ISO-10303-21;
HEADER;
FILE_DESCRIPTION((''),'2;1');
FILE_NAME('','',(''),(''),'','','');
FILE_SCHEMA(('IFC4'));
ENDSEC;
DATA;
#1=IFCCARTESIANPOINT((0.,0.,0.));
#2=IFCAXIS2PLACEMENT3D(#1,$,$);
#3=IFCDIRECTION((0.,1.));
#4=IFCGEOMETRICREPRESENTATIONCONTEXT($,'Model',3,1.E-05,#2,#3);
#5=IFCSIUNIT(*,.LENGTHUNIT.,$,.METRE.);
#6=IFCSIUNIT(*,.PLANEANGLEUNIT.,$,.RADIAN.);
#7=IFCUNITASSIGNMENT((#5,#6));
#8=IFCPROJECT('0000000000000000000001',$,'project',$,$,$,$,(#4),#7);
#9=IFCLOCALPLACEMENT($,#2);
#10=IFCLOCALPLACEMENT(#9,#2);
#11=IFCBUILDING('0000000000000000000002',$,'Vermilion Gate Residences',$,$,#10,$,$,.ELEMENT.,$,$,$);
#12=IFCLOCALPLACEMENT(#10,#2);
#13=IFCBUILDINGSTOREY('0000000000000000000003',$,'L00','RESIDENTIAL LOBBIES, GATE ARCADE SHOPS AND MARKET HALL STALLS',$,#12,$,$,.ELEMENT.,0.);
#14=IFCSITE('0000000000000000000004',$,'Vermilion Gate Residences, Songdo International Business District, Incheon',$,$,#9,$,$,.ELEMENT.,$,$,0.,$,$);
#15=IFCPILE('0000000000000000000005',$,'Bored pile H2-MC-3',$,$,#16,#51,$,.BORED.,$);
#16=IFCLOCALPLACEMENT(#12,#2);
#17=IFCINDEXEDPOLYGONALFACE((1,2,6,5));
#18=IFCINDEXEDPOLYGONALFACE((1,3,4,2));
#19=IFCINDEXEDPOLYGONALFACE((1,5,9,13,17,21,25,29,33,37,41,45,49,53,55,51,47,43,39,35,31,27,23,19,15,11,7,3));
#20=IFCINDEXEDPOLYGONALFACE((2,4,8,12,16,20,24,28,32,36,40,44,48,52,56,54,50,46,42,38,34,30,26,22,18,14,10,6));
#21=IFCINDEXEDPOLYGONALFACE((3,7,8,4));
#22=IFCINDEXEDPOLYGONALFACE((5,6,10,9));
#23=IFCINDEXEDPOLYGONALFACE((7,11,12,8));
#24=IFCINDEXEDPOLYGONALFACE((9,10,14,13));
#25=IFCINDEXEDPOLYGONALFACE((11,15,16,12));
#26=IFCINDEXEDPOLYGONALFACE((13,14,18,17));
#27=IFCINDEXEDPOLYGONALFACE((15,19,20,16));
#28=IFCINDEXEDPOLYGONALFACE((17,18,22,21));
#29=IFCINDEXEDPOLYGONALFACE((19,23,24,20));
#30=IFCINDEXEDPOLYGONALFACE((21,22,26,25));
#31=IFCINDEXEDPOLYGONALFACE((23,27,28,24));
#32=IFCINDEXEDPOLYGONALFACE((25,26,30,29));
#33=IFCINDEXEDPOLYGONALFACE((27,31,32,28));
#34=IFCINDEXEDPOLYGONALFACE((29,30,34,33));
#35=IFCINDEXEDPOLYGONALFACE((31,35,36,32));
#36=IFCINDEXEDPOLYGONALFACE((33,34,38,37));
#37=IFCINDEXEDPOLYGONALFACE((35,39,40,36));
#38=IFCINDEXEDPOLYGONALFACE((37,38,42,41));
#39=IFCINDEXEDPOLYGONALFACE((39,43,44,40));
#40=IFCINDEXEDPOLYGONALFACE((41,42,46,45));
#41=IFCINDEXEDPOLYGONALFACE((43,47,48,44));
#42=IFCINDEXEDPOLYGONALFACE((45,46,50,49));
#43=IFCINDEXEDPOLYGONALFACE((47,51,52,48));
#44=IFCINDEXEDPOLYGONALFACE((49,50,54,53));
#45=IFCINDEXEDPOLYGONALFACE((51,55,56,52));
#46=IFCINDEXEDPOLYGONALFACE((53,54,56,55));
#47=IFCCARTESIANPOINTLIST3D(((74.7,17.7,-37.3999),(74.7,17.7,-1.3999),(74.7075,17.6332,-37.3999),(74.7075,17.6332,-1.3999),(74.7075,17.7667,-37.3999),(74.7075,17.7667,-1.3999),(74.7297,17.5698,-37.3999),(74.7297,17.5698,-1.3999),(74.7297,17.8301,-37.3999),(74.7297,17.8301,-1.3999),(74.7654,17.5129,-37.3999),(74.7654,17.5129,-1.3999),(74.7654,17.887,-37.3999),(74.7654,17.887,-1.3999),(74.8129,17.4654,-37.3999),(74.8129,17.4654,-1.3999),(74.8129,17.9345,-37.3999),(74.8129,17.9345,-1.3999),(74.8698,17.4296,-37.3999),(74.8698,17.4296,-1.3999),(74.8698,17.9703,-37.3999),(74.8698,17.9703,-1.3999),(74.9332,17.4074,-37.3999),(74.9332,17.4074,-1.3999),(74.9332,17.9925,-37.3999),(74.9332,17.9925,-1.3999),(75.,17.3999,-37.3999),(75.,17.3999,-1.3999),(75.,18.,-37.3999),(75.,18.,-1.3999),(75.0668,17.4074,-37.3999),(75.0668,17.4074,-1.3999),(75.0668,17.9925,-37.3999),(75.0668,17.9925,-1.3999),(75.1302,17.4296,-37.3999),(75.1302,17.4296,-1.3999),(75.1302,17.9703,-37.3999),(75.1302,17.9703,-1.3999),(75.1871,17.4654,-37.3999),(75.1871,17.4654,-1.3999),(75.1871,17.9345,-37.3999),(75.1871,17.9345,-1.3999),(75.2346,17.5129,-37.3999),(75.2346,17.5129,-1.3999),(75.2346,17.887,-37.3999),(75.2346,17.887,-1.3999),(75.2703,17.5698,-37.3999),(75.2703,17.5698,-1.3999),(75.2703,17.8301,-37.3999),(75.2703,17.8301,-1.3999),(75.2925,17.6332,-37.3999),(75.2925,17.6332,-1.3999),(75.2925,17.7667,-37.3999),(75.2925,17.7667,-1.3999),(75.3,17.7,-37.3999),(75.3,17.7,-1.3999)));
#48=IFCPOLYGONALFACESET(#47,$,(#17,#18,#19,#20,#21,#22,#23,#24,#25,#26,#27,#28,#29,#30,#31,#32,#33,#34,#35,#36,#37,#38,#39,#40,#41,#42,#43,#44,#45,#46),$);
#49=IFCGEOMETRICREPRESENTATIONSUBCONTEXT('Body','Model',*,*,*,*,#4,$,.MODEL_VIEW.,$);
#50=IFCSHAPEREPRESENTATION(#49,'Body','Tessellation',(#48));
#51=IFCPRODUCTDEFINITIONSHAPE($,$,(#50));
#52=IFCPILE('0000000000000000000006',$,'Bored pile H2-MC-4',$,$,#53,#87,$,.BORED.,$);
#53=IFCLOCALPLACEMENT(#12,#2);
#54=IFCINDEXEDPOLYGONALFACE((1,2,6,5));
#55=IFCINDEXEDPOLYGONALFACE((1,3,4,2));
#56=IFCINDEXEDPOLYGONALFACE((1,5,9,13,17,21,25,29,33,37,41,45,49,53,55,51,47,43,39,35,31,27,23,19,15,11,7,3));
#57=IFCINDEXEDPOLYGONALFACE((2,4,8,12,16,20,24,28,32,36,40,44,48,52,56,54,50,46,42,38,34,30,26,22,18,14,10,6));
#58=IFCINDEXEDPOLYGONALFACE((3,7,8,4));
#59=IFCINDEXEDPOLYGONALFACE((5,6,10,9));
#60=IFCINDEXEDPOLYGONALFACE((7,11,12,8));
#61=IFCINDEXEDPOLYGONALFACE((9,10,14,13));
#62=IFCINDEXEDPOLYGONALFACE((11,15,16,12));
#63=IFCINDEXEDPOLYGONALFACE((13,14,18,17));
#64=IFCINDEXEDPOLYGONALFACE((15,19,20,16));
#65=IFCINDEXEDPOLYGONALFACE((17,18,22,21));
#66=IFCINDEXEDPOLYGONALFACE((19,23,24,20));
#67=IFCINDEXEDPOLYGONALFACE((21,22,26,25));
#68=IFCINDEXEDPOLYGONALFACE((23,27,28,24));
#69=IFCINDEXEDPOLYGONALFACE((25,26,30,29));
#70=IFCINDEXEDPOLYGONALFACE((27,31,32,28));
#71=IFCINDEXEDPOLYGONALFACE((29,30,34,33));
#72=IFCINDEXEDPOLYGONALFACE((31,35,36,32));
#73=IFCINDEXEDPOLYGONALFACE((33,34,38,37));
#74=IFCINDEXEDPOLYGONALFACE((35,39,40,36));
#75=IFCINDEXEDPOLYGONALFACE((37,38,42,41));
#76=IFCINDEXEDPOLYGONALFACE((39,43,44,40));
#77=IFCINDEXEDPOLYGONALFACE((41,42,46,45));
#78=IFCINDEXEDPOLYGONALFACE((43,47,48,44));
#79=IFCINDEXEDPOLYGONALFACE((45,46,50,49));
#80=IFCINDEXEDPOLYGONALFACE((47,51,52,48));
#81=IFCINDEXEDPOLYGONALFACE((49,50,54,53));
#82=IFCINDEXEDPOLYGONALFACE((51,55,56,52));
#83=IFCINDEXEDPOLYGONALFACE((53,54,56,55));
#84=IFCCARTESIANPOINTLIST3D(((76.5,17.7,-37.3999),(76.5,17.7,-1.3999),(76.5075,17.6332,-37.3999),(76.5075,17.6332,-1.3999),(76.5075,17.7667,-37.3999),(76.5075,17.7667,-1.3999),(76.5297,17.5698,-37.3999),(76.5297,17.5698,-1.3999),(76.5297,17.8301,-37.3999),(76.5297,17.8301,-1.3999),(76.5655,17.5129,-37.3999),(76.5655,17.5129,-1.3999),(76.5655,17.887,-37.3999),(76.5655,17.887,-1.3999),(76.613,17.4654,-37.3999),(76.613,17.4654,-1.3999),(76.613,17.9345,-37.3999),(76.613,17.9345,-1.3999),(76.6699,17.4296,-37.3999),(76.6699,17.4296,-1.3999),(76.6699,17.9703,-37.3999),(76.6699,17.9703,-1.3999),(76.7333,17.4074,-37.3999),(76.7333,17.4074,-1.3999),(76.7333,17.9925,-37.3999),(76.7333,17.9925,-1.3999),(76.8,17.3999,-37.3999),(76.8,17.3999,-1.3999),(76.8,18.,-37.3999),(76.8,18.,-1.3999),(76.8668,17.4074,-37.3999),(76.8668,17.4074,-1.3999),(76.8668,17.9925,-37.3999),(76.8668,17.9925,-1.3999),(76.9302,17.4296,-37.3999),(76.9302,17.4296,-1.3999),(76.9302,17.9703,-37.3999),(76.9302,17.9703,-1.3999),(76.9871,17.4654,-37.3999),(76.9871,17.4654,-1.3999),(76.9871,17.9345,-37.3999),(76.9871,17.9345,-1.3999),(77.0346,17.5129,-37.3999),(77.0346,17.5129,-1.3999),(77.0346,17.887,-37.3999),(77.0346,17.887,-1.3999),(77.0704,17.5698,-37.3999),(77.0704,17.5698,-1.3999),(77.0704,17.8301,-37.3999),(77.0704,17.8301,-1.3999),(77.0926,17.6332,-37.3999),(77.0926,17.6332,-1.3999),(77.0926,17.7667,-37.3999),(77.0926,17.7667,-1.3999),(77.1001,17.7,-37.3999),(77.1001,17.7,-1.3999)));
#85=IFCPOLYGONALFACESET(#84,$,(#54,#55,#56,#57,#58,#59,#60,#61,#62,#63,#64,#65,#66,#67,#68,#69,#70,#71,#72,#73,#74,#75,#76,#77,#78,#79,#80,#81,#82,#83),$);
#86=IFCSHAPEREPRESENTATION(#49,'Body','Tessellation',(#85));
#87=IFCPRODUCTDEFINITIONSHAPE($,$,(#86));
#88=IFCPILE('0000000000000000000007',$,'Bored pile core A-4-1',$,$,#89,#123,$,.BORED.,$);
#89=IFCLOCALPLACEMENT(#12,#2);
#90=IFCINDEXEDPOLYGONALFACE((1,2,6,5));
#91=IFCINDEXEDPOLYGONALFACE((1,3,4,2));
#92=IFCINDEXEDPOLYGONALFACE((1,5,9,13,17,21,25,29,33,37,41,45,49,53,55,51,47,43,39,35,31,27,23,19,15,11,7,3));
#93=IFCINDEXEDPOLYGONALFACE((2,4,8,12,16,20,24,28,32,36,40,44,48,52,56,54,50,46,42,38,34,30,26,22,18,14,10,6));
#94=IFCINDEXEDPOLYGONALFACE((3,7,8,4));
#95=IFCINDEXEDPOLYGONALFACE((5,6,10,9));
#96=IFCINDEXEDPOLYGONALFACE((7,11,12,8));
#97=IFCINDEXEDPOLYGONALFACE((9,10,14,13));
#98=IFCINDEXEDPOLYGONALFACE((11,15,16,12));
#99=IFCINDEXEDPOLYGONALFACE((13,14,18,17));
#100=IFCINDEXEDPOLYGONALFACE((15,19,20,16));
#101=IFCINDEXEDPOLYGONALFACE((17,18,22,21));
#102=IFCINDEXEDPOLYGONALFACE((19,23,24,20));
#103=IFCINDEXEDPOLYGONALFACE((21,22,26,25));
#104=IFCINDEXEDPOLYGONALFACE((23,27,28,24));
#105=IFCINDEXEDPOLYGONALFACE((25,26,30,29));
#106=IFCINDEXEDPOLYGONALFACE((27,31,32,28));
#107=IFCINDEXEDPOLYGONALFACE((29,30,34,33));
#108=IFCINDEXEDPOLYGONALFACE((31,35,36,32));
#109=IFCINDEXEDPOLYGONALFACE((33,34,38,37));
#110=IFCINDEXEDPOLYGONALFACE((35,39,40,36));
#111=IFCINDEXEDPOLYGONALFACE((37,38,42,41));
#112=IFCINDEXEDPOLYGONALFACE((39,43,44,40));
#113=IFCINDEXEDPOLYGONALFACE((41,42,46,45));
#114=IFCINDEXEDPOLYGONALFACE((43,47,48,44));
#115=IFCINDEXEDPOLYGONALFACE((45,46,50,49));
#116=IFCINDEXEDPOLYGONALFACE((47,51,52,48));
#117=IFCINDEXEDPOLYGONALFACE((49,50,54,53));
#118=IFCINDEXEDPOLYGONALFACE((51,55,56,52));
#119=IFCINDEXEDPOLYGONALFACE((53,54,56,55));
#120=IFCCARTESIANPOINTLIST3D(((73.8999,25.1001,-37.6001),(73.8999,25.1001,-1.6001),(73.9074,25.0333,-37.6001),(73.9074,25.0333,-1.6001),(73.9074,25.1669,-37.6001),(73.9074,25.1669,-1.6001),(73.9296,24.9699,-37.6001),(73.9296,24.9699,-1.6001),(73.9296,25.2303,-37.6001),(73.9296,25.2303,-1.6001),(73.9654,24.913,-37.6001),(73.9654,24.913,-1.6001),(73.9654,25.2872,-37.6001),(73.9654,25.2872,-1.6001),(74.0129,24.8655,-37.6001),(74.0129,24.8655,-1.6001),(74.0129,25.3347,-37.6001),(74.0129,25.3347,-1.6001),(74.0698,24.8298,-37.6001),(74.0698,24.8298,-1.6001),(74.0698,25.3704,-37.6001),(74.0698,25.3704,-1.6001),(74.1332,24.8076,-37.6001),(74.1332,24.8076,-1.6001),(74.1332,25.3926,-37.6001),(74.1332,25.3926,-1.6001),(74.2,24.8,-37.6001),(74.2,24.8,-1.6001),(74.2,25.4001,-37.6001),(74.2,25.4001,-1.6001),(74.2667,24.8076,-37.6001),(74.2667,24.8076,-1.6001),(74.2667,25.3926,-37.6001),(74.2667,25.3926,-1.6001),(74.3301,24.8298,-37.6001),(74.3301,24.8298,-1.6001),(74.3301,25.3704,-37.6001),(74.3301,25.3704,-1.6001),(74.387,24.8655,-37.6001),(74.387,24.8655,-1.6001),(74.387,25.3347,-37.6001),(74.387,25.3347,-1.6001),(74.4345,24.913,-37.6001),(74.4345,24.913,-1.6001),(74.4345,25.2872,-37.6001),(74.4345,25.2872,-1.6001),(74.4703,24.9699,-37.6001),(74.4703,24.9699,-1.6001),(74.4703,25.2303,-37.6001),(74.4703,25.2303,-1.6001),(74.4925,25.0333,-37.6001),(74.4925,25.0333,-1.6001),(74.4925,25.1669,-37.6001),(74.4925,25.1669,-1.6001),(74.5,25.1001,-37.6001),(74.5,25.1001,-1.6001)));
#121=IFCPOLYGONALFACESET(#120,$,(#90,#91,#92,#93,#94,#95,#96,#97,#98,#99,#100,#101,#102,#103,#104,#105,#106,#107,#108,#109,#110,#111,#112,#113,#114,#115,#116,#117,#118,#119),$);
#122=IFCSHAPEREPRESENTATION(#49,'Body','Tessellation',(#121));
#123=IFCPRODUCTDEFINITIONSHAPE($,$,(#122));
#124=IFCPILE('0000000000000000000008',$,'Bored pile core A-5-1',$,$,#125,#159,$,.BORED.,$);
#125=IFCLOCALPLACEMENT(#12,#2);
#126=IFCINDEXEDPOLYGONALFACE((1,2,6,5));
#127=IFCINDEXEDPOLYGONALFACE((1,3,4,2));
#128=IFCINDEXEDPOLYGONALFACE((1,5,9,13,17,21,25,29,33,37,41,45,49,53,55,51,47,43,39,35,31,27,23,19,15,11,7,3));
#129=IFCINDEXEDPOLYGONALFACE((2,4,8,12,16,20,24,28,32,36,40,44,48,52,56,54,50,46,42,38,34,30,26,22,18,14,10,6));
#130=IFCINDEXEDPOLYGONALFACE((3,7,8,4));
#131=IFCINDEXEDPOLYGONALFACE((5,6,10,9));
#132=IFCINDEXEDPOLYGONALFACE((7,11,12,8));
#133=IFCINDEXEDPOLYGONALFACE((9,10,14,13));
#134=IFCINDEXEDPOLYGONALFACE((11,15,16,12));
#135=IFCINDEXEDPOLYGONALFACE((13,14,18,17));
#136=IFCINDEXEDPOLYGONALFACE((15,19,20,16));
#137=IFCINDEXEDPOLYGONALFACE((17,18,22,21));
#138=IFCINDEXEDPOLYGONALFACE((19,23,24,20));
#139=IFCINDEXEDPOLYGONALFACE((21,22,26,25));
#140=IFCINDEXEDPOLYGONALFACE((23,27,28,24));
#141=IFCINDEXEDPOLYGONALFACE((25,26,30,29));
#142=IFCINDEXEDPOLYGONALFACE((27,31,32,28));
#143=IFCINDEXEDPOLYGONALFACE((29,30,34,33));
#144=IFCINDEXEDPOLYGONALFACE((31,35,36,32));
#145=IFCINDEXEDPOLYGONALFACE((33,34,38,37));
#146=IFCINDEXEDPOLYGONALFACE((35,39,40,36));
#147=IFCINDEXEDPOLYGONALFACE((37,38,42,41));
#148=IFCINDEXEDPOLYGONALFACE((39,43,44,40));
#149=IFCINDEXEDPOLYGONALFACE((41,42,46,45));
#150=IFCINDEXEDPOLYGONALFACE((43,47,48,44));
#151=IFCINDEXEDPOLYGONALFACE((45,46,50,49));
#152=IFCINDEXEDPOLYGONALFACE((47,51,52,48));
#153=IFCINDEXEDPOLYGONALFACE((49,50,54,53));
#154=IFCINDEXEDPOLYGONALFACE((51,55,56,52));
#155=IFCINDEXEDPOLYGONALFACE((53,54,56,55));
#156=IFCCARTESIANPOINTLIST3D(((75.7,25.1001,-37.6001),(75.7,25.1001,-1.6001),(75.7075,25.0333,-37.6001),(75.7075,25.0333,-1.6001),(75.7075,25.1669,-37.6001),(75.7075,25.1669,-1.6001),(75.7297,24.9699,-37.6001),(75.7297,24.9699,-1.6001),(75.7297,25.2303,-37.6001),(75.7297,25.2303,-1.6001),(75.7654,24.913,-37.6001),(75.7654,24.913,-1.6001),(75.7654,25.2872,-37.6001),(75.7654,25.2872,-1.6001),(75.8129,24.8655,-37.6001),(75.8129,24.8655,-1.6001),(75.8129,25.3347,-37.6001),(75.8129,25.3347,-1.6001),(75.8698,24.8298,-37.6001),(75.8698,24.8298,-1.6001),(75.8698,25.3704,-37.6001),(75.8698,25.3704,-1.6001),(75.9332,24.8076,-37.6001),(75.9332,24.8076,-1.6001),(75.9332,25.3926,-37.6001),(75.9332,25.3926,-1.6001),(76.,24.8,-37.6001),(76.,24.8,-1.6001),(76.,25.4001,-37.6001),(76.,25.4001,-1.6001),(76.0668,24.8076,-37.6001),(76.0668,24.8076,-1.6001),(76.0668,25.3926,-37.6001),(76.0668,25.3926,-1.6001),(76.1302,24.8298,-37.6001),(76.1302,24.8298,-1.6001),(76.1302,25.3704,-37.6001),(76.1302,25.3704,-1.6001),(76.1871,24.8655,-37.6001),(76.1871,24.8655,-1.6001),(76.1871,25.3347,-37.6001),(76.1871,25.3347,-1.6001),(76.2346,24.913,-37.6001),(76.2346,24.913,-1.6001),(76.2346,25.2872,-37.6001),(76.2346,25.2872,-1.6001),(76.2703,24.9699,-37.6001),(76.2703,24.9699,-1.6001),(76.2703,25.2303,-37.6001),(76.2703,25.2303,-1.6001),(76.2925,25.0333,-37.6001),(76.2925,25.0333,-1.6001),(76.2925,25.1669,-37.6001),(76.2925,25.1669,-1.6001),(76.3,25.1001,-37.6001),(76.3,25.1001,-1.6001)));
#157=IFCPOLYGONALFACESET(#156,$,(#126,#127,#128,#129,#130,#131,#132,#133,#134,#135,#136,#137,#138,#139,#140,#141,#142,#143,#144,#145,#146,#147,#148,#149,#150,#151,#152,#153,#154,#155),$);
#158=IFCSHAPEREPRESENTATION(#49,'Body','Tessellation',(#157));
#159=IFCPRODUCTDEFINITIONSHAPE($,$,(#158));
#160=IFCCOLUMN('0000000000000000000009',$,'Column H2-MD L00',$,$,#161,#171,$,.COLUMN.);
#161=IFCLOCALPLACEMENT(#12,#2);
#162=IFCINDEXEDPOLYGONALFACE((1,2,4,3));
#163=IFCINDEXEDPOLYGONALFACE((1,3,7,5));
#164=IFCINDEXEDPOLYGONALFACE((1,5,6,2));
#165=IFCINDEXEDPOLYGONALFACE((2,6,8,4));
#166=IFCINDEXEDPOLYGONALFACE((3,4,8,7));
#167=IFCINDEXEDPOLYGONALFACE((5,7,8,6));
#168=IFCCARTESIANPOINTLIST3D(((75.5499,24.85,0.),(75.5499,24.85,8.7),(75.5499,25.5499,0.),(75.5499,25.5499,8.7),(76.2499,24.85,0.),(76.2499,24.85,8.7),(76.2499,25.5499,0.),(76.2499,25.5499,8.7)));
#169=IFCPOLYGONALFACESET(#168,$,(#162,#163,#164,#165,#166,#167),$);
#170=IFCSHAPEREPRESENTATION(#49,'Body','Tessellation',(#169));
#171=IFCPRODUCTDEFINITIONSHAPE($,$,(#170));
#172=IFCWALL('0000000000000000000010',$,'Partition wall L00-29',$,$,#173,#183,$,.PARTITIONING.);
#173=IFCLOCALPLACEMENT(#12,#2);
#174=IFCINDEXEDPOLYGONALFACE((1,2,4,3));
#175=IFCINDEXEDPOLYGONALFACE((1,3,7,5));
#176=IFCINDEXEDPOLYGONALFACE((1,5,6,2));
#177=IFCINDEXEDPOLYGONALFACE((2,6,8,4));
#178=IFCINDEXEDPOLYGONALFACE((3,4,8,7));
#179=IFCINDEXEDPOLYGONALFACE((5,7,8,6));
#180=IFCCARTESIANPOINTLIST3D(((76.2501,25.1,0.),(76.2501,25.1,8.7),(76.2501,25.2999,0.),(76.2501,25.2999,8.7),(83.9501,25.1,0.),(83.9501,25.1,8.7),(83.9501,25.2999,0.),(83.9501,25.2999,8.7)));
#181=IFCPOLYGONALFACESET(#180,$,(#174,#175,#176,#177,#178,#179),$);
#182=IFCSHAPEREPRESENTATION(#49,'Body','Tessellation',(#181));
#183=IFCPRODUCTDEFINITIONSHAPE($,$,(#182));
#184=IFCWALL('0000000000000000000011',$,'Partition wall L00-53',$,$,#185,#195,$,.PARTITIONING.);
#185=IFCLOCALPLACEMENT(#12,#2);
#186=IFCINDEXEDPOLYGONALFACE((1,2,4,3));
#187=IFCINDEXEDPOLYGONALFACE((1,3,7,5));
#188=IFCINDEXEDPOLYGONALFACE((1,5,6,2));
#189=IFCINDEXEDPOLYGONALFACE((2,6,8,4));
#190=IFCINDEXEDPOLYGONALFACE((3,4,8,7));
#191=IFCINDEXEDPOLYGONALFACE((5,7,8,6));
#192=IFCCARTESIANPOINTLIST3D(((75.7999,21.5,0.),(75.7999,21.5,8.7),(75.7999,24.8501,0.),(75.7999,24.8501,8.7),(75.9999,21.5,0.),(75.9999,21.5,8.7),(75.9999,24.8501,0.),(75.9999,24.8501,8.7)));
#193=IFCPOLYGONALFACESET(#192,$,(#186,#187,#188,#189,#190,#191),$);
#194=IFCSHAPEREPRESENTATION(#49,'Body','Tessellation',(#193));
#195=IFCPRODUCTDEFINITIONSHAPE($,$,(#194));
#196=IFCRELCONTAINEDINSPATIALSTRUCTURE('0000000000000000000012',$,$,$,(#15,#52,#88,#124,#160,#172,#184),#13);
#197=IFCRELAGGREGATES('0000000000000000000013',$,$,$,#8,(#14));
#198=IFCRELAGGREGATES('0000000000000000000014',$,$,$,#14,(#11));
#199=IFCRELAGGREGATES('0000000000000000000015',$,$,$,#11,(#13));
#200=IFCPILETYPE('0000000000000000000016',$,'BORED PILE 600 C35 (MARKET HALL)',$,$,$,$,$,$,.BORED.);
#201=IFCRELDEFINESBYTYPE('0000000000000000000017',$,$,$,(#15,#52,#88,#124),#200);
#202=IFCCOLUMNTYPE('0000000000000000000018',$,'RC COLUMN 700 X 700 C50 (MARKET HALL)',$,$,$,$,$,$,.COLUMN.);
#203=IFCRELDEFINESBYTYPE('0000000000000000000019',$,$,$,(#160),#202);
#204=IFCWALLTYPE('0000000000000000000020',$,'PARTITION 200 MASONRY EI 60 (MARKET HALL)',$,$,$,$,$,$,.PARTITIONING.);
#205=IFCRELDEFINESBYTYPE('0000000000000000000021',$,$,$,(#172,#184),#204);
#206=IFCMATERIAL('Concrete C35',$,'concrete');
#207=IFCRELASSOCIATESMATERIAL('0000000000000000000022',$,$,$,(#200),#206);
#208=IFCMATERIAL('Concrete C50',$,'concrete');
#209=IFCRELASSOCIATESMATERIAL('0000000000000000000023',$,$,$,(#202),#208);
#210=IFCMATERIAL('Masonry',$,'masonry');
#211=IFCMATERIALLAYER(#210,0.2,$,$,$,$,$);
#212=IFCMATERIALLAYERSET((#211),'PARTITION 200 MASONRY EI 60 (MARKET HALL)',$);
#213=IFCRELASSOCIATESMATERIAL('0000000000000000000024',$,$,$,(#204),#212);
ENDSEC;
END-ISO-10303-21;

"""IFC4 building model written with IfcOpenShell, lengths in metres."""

from ifc_helpers import new_model, si_unit, direction, frame, frame_2d, origin, origin_2d, place, context, subcontext, project, spatial, rectangle, circle, extrude, material, layer, layer_set, material_profile, profile_set, type_object, element, save


model = new_model("IFC4")

# Units and contexts
model_context = context("Model", 3, precision=1e-05, world=origin(), true_north=direction((0.0, 1.0)))
body_context = subcontext(model_context, "Body", "Model", "MODEL_VIEW")
ifc_project = project(units=[si_unit("LENGTHUNIT", "METRE"), si_unit("PLANEANGLEUNIT", "RADIAN")], contexts=[model_context])

# Site, building, storey
site_placement = place(None, origin())
site = spatial("IfcSite", under=ifc_project, at=site_placement, Name="Vermilion Gate Residences, Songdo International Business District, Incheon", CompositionType="ELEMENT", RefElevation=0.0)
building_placement = place(site_placement, origin())
building = spatial("IfcBuilding", under=site, at=building_placement, Name="Vermilion Gate Residences", CompositionType="ELEMENT")
storey_placement = place(building_placement, origin())
storey = spatial("IfcBuildingStorey", under=building, at=storey_placement, Name="L00", Description="RESIDENTIAL LOBBIES, GATE ARCADE SHOPS AND MARKET HALL STALLS", CompositionType="ELEMENT", Elevation=0.0)

# Piles
ifc_material_1 = material(Name="Concrete C35", Category="concrete")
ifc_material_profile_1 = material_profile(ifc_material_1, circle(Radius=0.3, at=origin_2d()), Name="BORED PILE 600 C35 (MARKET HALL)")
ifc_profile_set_1 = profile_set([ifc_material_profile_1], Name="Concrete C35")
pile_type = type_object("IfcPileType", Name="BORED PILE 600 C35 (MARKET HALL)", PredefinedType="BORED", material=ifc_profile_set_1)
for number, where, z_axis, x_axis, name in (
    (1, (75.0, 17.7, -1.3999), (0.0, 0.0, -1.0), (1.0, 0.0, 0.0), "Bored pile H2-MC-3"),
    (2, (76.8, 17.7, -1.3999), (0.0, 0.0, -1.0), (1.0, 0.0, 0.0), "Bored pile H2-MC-4"),
    (3, (74.2, 25.1001, -1.6001), (0.0, 0.0, -1.0), (1.0, 0.0, 0.0), "Bored pile core A-4-1"),
    (4, (76.0, 25.1001, -1.6001), (0.0, 0.0, -1.0), (1.0, 0.0, 0.0), "Bored pile core A-5-1"),
):
    element("IfcPile", number, at=place(storey_placement, frame(where, z_axis=z_axis, x_axis=x_axis)), inside=storey, type_object=pile_type, Name=name, PredefinedType="BORED", context=body_context, shape_type="SweptSolid", body=[
        extrude(circle(Radius=0.3, at=origin_2d()), origin(), (0.0, 0.0, 1.0), 36.0),
    ])

# Column
ifc_material_2 = material(Name="Concrete C50", Category="concrete")
ifc_material_profile_2 = material_profile(ifc_material_2, rectangle(XDim=0.7, YDim=0.7, at=origin_2d()), Name="RC COLUMN 700 X 700 C50 (MARKET HALL)")
ifc_profile_set_2 = profile_set([ifc_material_profile_2], Name="Concrete C50")
column_type = type_object("IfcColumnType", Name="RC COLUMN 700 X 700 C50 (MARKET HALL)", PredefinedType="COLUMN", material=ifc_profile_set_2)
column_placement = place(storey_placement, frame((75.8999, 25.2, 0.0), z_axis=(0.0, 0.0, 1.0), x_axis=(1.0, 0.0, 0.0)))
element("IfcColumn", 5, at=column_placement, inside=storey, type_object=column_type, Name="Column H2-MD L00", PredefinedType="COLUMN", context=body_context, shape_type="SweptSolid", body=[
    extrude(rectangle(XDim=0.7, YDim=0.7, at=origin_2d()), origin(), (0.0, 0.0, 1.0), 8.7),
])

# Shared definitions
ifc_material_3 = material(Name="Masonry", Category="masonry")
ifc_layer_1 = layer(ifc_material_3, 0.2)
ifc_layer_set_1 = layer_set([ifc_layer_1], Name="PARTITION 200 MASONRY EI 60 (MARKET HALL)")
wall_type_1 = type_object("IfcWallType", Name="PARTITION 200 MASONRY EI 60 (MARKET HALL)", PredefinedType="PARTITIONING", material=ifc_layer_set_1)

# Walls
wall_1_placement = place(storey_placement, frame((76.25, 25.2, 0.0), z_axis=(0.0, 0.0, 1.0), x_axis=(1.0, 0.0, 0.0)))
element("IfcWall", 6, at=wall_1_placement, inside=storey, type_object=wall_type_1, Name="Partition wall L00-29", PredefinedType="PARTITIONING", context=body_context, shape_type="SweptSolid", body=[
    extrude(rectangle(XDim=7.7, YDim=0.2, at=frame_2d((3.8501, 0.0))), origin(), (0.0, 0.0, 1.0), 8.7),
])
wall_2_placement = place(storey_placement, frame((75.8999, 21.5, 0.0), z_axis=(0.0, 0.0, 1.0), x_axis=(0.0, 1.0, 0.0)))
element("IfcWall", 7, at=wall_2_placement, inside=storey, type_object=wall_type_1, Name="Partition wall L00-53", PredefinedType="PARTITIONING", context=body_context, shape_type="SweptSolid", body=[
    extrude(rectangle(XDim=3.3501, YDim=0.2, at=frame_2d((1.675, 0.0))), origin(), (0.0, 0.0, 1.0), 8.7),
])

save(model, "model.ifc")
